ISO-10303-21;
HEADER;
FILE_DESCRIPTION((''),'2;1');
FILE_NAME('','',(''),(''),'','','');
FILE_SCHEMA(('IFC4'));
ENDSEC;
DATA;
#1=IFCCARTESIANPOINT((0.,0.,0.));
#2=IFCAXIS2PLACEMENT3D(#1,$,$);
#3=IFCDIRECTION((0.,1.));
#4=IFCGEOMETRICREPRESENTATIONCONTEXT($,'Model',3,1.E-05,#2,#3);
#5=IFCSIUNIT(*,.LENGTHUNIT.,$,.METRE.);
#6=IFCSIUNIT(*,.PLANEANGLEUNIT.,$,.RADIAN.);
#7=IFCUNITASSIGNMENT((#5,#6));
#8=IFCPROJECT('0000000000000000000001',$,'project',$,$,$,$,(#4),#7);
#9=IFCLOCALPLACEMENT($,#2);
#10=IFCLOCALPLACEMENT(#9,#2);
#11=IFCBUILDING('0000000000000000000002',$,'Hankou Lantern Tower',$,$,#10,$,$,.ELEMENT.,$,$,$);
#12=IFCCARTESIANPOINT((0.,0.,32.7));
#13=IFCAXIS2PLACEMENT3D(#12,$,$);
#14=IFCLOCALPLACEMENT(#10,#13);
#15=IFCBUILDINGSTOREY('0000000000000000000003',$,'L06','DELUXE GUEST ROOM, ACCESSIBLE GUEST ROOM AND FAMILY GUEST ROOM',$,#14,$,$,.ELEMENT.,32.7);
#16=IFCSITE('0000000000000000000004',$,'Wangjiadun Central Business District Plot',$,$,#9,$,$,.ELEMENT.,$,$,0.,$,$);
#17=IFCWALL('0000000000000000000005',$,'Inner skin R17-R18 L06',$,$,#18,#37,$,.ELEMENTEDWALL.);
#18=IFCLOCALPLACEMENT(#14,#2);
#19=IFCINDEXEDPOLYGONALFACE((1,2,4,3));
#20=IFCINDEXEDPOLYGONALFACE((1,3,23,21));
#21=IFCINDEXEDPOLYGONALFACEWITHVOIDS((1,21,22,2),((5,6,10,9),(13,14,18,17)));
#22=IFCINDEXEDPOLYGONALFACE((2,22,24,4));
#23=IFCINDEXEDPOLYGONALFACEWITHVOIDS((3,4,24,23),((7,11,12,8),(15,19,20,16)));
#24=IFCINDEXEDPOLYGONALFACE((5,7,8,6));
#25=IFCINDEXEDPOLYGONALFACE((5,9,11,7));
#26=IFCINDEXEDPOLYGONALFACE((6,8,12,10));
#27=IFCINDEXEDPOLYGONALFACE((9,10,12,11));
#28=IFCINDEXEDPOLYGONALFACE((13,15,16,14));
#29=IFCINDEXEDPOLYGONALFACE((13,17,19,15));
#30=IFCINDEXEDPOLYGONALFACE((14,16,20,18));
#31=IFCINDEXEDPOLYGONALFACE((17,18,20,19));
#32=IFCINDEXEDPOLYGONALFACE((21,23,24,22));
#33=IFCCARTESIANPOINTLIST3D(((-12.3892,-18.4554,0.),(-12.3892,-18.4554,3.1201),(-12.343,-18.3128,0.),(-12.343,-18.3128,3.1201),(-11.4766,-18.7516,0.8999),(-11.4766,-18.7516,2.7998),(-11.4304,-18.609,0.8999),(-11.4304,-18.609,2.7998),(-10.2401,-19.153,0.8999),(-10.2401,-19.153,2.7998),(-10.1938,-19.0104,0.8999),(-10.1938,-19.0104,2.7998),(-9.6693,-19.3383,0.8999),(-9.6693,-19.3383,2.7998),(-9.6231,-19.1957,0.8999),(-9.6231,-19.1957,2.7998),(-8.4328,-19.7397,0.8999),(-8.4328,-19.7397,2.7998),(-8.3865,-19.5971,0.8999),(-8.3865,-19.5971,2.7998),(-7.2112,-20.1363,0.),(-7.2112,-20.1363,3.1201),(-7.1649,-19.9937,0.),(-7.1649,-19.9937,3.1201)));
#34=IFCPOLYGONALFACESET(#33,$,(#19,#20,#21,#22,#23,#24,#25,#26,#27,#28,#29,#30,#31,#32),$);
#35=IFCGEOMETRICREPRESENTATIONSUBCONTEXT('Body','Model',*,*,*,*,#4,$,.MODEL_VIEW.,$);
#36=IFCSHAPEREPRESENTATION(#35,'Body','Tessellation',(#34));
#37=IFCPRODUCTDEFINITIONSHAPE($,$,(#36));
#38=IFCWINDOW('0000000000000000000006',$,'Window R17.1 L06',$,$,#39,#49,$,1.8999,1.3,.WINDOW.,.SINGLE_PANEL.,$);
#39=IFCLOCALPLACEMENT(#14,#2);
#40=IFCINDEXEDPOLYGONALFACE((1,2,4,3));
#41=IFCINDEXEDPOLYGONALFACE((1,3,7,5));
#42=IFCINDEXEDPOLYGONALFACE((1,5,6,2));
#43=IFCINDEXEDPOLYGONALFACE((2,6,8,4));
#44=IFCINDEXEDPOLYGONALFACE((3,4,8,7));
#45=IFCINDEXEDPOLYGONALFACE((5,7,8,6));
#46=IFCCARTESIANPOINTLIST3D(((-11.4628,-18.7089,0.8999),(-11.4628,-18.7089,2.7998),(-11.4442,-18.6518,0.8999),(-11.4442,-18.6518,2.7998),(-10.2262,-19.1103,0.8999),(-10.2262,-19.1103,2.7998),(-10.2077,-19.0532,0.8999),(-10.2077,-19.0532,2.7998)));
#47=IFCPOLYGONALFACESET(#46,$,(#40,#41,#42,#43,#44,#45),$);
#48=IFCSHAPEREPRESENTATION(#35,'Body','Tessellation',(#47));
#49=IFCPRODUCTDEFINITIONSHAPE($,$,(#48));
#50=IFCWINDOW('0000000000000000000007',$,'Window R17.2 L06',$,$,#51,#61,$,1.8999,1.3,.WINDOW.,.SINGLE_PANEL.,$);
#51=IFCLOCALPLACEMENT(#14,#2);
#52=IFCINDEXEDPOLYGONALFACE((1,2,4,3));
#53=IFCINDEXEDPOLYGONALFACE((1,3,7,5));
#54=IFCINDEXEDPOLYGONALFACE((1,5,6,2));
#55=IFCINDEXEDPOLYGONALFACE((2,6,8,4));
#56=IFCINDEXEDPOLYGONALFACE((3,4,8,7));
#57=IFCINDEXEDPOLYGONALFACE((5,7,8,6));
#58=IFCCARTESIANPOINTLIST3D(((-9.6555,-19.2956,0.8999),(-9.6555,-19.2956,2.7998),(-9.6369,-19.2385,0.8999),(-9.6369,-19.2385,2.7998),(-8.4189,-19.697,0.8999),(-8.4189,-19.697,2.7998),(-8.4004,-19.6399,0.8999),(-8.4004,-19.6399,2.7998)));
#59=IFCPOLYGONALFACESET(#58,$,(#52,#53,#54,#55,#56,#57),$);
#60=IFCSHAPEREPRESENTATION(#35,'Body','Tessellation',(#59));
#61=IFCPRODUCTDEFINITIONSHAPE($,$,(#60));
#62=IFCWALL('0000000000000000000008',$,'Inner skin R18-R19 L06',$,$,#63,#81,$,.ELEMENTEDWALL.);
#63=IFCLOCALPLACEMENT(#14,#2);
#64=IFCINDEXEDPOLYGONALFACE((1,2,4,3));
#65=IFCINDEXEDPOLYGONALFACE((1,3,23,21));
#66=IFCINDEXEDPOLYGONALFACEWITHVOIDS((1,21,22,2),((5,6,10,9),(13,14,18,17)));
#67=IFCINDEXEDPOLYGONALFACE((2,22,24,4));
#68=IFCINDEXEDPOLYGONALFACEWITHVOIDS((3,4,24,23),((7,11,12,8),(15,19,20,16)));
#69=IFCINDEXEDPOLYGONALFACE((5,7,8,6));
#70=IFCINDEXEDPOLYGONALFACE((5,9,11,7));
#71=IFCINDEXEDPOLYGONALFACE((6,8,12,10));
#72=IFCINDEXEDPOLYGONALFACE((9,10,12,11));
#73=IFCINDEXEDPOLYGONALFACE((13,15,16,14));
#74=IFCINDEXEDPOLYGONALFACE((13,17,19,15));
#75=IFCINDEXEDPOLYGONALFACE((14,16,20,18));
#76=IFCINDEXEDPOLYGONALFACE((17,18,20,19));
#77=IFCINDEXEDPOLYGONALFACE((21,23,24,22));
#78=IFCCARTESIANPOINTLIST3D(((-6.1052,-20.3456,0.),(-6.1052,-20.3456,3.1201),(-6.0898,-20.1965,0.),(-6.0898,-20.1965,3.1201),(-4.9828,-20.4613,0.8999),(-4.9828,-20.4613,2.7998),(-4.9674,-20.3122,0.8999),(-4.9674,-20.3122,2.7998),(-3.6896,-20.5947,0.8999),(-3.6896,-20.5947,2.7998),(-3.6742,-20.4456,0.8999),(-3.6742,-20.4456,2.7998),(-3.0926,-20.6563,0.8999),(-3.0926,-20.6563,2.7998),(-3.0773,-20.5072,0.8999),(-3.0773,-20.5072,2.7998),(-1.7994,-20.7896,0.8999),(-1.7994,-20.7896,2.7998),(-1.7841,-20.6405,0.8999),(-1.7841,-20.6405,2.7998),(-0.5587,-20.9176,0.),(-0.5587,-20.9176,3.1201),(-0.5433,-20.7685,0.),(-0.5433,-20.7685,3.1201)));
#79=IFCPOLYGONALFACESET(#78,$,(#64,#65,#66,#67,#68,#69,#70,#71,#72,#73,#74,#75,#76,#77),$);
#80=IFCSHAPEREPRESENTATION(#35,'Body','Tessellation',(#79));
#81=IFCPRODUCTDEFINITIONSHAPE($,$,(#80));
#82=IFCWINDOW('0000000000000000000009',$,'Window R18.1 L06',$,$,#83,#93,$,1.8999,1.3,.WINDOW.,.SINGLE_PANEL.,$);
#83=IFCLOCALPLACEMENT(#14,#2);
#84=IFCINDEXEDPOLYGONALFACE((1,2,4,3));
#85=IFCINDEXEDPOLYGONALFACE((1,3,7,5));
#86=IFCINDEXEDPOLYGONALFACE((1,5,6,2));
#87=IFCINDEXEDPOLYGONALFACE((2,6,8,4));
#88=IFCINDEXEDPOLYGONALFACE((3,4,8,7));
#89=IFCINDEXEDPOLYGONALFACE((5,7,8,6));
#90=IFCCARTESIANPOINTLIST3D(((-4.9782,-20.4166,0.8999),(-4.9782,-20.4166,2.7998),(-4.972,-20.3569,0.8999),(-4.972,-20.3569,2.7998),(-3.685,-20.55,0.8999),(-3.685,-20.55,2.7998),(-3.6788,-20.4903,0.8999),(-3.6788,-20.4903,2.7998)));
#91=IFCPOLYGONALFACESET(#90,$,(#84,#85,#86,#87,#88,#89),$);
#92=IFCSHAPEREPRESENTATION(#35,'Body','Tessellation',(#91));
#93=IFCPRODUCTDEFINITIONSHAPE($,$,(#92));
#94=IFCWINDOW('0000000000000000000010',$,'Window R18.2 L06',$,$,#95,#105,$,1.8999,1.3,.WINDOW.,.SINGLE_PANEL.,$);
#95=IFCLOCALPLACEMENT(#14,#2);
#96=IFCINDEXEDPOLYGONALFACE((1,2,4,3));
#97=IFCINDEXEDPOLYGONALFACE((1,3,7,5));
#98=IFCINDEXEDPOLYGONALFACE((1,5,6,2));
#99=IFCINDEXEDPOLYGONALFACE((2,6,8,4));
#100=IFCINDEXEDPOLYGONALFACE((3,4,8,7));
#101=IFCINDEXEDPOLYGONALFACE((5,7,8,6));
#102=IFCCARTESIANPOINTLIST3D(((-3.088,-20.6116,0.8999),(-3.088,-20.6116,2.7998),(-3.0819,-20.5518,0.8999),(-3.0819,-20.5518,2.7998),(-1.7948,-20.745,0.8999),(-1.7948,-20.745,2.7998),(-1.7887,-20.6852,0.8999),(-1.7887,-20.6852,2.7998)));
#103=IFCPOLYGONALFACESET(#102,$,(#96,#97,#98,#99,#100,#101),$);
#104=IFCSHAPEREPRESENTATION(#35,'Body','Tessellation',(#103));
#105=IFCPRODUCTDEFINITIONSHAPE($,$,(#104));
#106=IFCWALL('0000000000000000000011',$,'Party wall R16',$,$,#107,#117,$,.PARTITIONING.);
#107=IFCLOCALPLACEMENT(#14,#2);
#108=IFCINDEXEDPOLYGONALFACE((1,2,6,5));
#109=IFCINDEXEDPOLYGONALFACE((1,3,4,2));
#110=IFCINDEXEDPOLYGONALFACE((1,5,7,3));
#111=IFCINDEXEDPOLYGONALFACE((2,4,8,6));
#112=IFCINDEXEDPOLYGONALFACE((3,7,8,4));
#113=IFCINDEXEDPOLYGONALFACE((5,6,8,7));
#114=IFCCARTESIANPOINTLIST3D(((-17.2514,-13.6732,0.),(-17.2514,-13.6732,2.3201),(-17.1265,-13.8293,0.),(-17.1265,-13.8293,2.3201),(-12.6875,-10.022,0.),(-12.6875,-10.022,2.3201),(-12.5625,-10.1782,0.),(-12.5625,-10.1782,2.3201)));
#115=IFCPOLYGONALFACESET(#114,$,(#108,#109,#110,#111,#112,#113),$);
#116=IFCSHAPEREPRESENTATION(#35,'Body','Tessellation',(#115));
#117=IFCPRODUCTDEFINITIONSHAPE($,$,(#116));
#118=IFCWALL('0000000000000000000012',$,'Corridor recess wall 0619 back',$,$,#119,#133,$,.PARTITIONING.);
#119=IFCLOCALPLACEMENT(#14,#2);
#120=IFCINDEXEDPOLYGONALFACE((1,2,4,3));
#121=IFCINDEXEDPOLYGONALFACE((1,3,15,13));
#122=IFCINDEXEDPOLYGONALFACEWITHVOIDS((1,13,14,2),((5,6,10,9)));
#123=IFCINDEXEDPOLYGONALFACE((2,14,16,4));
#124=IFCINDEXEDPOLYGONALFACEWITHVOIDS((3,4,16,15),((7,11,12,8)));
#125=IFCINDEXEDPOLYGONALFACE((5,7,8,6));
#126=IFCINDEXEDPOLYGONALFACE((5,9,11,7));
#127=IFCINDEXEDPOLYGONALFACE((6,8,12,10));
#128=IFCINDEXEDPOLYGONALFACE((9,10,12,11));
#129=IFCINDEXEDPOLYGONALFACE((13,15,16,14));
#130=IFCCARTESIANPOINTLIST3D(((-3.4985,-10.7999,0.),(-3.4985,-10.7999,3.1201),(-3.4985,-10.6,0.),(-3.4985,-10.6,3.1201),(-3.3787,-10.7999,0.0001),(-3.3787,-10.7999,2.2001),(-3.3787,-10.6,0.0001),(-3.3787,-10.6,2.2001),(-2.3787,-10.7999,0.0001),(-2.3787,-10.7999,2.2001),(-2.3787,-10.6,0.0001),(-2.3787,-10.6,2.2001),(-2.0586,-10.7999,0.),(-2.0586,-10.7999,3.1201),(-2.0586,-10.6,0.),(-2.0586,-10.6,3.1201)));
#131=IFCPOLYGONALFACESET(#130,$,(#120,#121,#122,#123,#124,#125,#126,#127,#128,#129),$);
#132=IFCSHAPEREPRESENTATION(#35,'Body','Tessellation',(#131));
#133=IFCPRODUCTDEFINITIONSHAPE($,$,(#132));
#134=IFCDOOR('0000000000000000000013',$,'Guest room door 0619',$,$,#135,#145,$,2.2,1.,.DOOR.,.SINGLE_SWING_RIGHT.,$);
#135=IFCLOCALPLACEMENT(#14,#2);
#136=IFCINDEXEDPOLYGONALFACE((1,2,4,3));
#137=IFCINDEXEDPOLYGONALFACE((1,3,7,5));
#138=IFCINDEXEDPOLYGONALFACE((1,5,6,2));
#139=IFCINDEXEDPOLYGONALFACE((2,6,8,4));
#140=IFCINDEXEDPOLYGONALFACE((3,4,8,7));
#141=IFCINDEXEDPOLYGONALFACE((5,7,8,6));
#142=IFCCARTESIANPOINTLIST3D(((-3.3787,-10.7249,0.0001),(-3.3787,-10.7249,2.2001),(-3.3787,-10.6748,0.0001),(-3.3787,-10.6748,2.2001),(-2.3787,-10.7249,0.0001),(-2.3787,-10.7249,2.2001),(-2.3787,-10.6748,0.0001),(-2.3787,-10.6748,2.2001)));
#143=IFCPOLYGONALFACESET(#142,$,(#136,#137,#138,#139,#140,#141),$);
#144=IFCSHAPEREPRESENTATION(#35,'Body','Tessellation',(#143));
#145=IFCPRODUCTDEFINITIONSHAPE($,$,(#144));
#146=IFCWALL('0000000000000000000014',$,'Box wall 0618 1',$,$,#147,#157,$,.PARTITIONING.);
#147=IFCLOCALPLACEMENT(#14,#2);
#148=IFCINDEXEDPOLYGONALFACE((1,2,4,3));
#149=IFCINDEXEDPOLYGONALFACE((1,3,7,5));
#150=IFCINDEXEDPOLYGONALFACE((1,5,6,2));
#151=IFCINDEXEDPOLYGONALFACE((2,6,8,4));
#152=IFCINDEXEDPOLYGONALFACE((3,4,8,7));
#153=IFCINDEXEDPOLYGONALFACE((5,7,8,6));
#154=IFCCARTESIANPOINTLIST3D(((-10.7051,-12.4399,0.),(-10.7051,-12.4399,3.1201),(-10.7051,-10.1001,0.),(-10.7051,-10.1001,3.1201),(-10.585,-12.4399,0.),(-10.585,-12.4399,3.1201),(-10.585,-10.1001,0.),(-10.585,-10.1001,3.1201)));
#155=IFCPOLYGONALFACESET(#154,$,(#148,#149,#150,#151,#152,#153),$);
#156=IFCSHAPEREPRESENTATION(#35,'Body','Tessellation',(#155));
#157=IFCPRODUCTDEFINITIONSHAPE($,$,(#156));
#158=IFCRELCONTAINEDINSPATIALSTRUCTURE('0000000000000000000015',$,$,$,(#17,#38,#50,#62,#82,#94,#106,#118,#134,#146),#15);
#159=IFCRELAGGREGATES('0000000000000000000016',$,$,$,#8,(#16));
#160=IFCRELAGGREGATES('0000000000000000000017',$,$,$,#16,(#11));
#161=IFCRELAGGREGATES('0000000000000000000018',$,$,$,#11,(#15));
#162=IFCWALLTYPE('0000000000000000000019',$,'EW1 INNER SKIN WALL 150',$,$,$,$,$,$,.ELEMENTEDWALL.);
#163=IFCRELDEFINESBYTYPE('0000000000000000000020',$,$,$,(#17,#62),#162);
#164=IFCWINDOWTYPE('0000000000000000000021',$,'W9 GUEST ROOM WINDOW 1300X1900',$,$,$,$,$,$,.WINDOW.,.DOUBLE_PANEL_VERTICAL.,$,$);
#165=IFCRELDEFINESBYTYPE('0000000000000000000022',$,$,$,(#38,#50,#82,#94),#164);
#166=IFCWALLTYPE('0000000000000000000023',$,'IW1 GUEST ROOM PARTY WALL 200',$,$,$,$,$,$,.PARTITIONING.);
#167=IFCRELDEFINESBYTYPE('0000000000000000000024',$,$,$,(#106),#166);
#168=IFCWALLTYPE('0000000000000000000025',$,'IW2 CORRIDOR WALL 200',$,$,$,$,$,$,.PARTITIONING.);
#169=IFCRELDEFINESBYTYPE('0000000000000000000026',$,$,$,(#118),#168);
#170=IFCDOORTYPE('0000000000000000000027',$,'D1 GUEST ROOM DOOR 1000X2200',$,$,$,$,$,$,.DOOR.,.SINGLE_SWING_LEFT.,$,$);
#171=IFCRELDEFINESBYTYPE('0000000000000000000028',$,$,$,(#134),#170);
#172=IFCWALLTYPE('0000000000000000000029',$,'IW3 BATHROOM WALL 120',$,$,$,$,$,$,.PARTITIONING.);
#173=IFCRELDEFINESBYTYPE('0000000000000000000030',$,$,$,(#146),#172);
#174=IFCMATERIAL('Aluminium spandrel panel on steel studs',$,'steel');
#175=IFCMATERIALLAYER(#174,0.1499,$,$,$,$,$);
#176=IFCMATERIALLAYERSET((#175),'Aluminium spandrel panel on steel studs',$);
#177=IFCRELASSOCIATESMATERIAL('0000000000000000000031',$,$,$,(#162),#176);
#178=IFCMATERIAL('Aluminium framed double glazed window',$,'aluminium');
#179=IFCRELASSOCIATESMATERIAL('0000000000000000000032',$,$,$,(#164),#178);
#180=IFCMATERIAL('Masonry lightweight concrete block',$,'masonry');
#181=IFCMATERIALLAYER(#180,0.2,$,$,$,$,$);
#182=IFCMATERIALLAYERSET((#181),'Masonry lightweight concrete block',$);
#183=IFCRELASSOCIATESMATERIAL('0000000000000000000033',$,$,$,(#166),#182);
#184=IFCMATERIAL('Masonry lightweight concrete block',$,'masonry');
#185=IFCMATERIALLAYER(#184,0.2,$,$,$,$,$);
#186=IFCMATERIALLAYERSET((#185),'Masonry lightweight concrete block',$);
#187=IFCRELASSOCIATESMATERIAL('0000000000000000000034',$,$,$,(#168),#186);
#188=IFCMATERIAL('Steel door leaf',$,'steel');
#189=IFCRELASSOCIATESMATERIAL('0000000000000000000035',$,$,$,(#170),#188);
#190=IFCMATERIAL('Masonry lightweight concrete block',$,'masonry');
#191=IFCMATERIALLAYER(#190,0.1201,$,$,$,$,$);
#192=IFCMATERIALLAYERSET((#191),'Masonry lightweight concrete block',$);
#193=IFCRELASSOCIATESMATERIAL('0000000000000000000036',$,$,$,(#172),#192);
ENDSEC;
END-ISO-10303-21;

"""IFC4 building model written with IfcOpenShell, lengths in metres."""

from ifc_helpers import new_model, si_unit, direction, frame, frame_2d, origin, place, context, subcontext, project, spatial, rectangle, extrude, material, layer, layer_set, type_object, element, fill, save


model = new_model("IFC4")

# Units and contexts
model_context = context("Model", 3, precision=1e-05, world=origin(), true_north=direction((0.0, 1.0)))
body_context = subcontext(model_context, "Body", "Model", "MODEL_VIEW")
ifc_project = project(units=[si_unit("LENGTHUNIT", "METRE"), si_unit("PLANEANGLEUNIT", "RADIAN")], contexts=[model_context])

# Site, building, storey
site_placement = place(None, origin())
site = spatial("IfcSite", under=ifc_project, at=site_placement, Name="Wangjiadun Central Business District Plot", CompositionType="ELEMENT", RefElevation=0.0)
building_placement = place(site_placement, origin())
building = spatial("IfcBuilding", under=site, at=building_placement, Name="Hankou Lantern Tower", CompositionType="ELEMENT")
storey_placement = place(building_placement, frame((0.0, 0.0, 32.7)))
storey = spatial("IfcBuildingStorey", under=building, at=storey_placement, Name="L06", Description="DELUXE GUEST ROOM, ACCESSIBLE GUEST ROOM AND FAMILY GUEST ROOM", CompositionType="ELEMENT", Elevation=32.7)

# Walls, openings, windows
ifc_material_1 = material(Name="Aluminium spandrel panel on steel studs", Category="steel")
ifc_layer_1 = layer(ifc_material_1, 0.1499)
ifc_layer_set_1 = layer_set([ifc_layer_1], Name="Aluminium spandrel panel on steel studs")
wall_type_1 = type_object("IfcWallType", Name="EW1 INNER SKIN WALL 150", PredefinedType="ELEMENTEDWALL", material=ifc_layer_set_1)
wall_1_placement = place(storey_placement, frame((-12.3662, -18.384, 0.0), z_axis=(0.0, 0.0, 1.0), x_axis=(0.951138, -0.308765, 0.0)))
wall_1 = element("IfcWall", 1, at=wall_1_placement, inside=storey, type_object=wall_type_1, Name="Inner skin R17-R18 L06", PredefinedType="ELEMENTEDWALL", context=body_context, shape_type="SweptSolid", body=[
    extrude(rectangle(XDim=5.4441, YDim=0.1499, at=frame_2d((2.7222, 0.0))), origin(), (0.0, 0.0, 1.0), 3.1201),
])
opening_1_placement = place(wall_1_placement, frame((0.9597, 0.0, 0.8999)))
opening_1 = element("IfcOpeningElement", 2, at=opening_1_placement, cuts=wall_1, PredefinedType="OPENING", context=body_context, shape_type="SweptSolid", body=[
    extrude(rectangle(XDim=1.3, YDim=1.8999, at=frame_2d((0.6499, 0.95))), frame((0.0, 0.085, 0.0), z_axis=(0.0, -1.0, 0.0), x_axis=(1.0, 0.0, 0.0)), (0.0, 0.0, 1.0), 0.1699),
])
opening_2_placement = place(wall_1_placement, frame((2.8599, 0.0, 0.8999)))
opening_2 = element("IfcOpeningElement", 3, at=opening_2_placement, cuts=wall_1, PredefinedType="OPENING", context=body_context, shape_type="SweptSolid", body=[
    extrude(rectangle(XDim=1.3, YDim=1.8999, at=frame_2d((0.6499, 0.95))), frame((0.0, 0.085, 0.0), z_axis=(0.0, -1.0, 0.0), x_axis=(1.0, 0.0, 0.0)), (0.0, 0.0, 1.0), 0.1699),
])
ifc_material_2 = material(Name="Aluminium framed double glazed window", Category="aluminium")
window_type = type_object("IfcWindowType", Name="W9 GUEST ROOM WINDOW 1300X1900", PartitioningType="DOUBLE_PANEL_VERTICAL", PredefinedType="WINDOW", material=ifc_material_2)
window_1_placement = place(opening_1_placement, origin())
window_1 = element("IfcWindow", 4, at=window_1_placement, inside=storey, type_object=window_type, Name="Window R17.1 L06", OverallHeight=1.8999, OverallWidth=1.3, PartitioningType="SINGLE_PANEL", PredefinedType="WINDOW", context=body_context, shape_type="SweptSolid", body=[
    extrude(rectangle(XDim=1.3, YDim=1.8999, at=frame_2d((0.6499, 0.95))), frame((0.0, 0.03, 0.0), z_axis=(0.0, -1.0, 0.0), x_axis=(1.0, 0.0, 0.0)), (0.0, 0.0, 1.0), 0.0601),
])
fill(opening_1, window_1)
window_2_placement = place(opening_2_placement, origin())
window_2 = element("IfcWindow", 5, at=window_2_placement, inside=storey, type_object=window_type, Name="Window R17.2 L06", OverallHeight=1.8999, OverallWidth=1.3, PartitioningType="SINGLE_PANEL", PredefinedType="WINDOW", context=body_context, shape_type="SweptSolid", body=[
    extrude(rectangle(XDim=1.3, YDim=1.8999, at=frame_2d((0.6499, 0.95))), frame((0.0, 0.03, 0.0), z_axis=(0.0, -1.0, 0.0), x_axis=(1.0, 0.0, 0.0)), (0.0, 0.0, 1.0), 0.0601),
])
fill(opening_2, window_2)
wall_2_placement = place(storey_placement, frame((-6.0977, -20.271, 0.0), z_axis=(0.0, 0.0, 1.0), x_axis=(0.994724, -0.10259, 0.0)))
wall_2 = element("IfcWall", 6, at=wall_2_placement, inside=storey, type_object=wall_type_1, Name="Inner skin R18-R19 L06", PredefinedType="ELEMENTEDWALL", context=body_context, shape_type="SweptSolid", body=[
    extrude(rectangle(XDim=5.5759, YDim=0.1499, at=frame_2d((2.7881, 0.0))), origin(), (0.0, 0.0, 1.0), 3.1201),
])
opening_3_placement = place(wall_2_placement, frame((1.1287, 0.0, 0.8999)))
opening_3 = element("IfcOpeningElement", 7, at=opening_3_placement, cuts=wall_2, PredefinedType="OPENING", context=body_context, shape_type="SweptSolid", body=[
    extrude(rectangle(XDim=1.3, YDim=1.8999, at=frame_2d((0.6499, 0.95))), frame((0.0, 0.085, 0.0), z_axis=(0.0, -1.0, 0.0), x_axis=(1.0, 0.0, 0.0)), (0.0, 0.0, 1.0), 0.1699),
])
opening_4_placement = place(wall_2_placement, frame((3.0288, 0.0, 0.8999)))
opening_4 = element("IfcOpeningElement", 8, at=opening_4_placement, cuts=wall_2, PredefinedType="OPENING", context=body_context, shape_type="SweptSolid", body=[
    extrude(rectangle(XDim=1.3, YDim=1.8999, at=frame_2d((0.6499, 0.95))), frame((0.0, 0.085, 0.0), z_axis=(0.0, -1.0, 0.0), x_axis=(1.0, 0.0, 0.0)), (0.0, 0.0, 1.0), 0.1699),
])
window_3_placement = place(opening_3_placement, origin())
window_3 = element("IfcWindow", 9, at=window_3_placement, inside=storey, type_object=window_type, Name="Window R18.1 L06", OverallHeight=1.8999, OverallWidth=1.3, PartitioningType="SINGLE_PANEL", PredefinedType="WINDOW", context=body_context, shape_type="SweptSolid", body=[
    extrude(rectangle(XDim=1.3, YDim=1.8999, at=frame_2d((0.6499, 0.95))), frame((0.0, 0.03, 0.0), z_axis=(0.0, -1.0, 0.0), x_axis=(1.0, 0.0, 0.0)), (0.0, 0.0, 1.0), 0.0601),
])
fill(opening_3, window_3)
window_4_placement = place(opening_4_placement, origin())
window_4 = element("IfcWindow", 10, at=window_4_placement, inside=storey, type_object=window_type, Name="Window R18.2 L06", OverallHeight=1.8999, OverallWidth=1.3, PartitioningType="SINGLE_PANEL", PredefinedType="WINDOW", context=body_context, shape_type="SweptSolid", body=[
    extrude(rectangle(XDim=1.3, YDim=1.8999, at=frame_2d((0.6499, 0.95))), frame((0.0, 0.03, 0.0), z_axis=(0.0, -1.0, 0.0), x_axis=(1.0, 0.0, 0.0)), (0.0, 0.0, 1.0), 0.0601),
])
fill(opening_4, window_4)

# Wall
ifc_material_3 = material(Name="Masonry lightweight concrete block", Category="masonry")
ifc_layer_2 = layer(ifc_material_3, 0.2)
ifc_layer_set_2 = layer_set([ifc_layer_2], Name="Masonry lightweight concrete block")
wall_type_2 = type_object("IfcWallType", Name="IW1 GUEST ROOM PARTY WALL 200", PredefinedType="PARTITIONING", material=ifc_layer_set_2)
wall_3_placement = place(storey_placement, frame((-12.625, -10.1001, 0.0), z_axis=(0.0, 0.0, 1.0), x_axis=(-0.780873, -0.62469, 0.0)))
element("IfcWall", 11, at=wall_3_placement, inside=storey, type_object=wall_type_2, Name="Party wall R16", PredefinedType="PARTITIONING", context=body_context, shape_type="SweptSolid", body=[
    extrude(rectangle(XDim=5.8447, YDim=0.2, at=frame_2d((2.9224, 0.0))), origin(), (0.0, 0.0, 1.0), 2.3201),
])

# Wall, opening, door
ifc_material_4 = material(Name="Masonry lightweight concrete block", Category="masonry")
ifc_layer_3 = layer(ifc_material_4, 0.2)
ifc_layer_set_3 = layer_set([ifc_layer_3], Name="Masonry lightweight concrete block")
wall_type_3 = type_object("IfcWallType", Name="IW2 CORRIDOR WALL 200", PredefinedType="PARTITIONING", material=ifc_layer_set_3)
wall_4_placement = place(storey_placement, frame((-2.0586, -10.7, 0.0), z_axis=(0.0, 0.0, 1.0), x_axis=(-1.0, 0.0, 0.0)))
wall_4 = element("IfcWall", 12, at=wall_4_placement, inside=storey, type_object=wall_type_3, Name="Corridor recess wall 0619 back", PredefinedType="PARTITIONING", context=body_context, shape_type="SweptSolid", body=[
    extrude(rectangle(XDim=1.4399, YDim=0.2, at=frame_2d((0.72, 0.0))), origin(), (0.0, 0.0, 1.0), 3.1201),
])
opening_5_placement = place(wall_4_placement, frame((0.3201, 0.0, 0.0)))
opening_5 = element("IfcOpeningElement", 13, at=opening_5_placement, cuts=wall_4, PredefinedType="OPENING", context=body_context, shape_type="SweptSolid", body=[
    extrude(rectangle(XDim=1.0, YDim=2.2, at=frame_2d((0.5, 1.1001))), frame((0.0, 0.1099, 0.0), z_axis=(0.0, -1.0, 0.0), x_axis=(1.0, 0.0, 0.0)), (0.0, 0.0, 1.0), 0.22),
])
ifc_material_5 = material(Name="Steel door leaf", Category="steel")
door_type = type_object("IfcDoorType", Name="D1 GUEST ROOM DOOR 1000X2200", OperationType="SINGLE_SWING_LEFT", PredefinedType="DOOR", material=ifc_material_5)
door_placement = place(opening_5_placement, origin())
door = element("IfcDoor", 14, at=door_placement, inside=storey, type_object=door_type, Name="Guest room door 0619", OperationType="SINGLE_SWING_RIGHT", OverallHeight=2.2, OverallWidth=1.0, PredefinedType="DOOR", context=body_context, shape_type="SweptSolid", body=[
    extrude(rectangle(XDim=1.0, YDim=2.2, at=frame_2d((0.5, 1.1001))), frame((0.0, 0.0249, 0.0), z_axis=(0.0, -1.0, 0.0), x_axis=(1.0, 0.0, 0.0)), (0.0, 0.0, 1.0), 0.05),
])
fill(opening_5, door)

# Wall
ifc_material_6 = material(Name="Masonry lightweight concrete block", Category="masonry")
ifc_layer_4 = layer(ifc_material_6, 0.1201)
ifc_layer_set_4 = layer_set([ifc_layer_4], Name="Masonry lightweight concrete block")
wall_type_4 = type_object("IfcWallType", Name="IW3 BATHROOM WALL 120", PredefinedType="PARTITIONING", material=ifc_layer_set_4)
wall_5_placement = place(storey_placement, frame((-10.645, -10.1001, 0.0), z_axis=(0.0, 0.0, 1.0), x_axis=(0.0, -1.0, 0.0)))
element("IfcWall", 15, at=wall_5_placement, inside=storey, type_object=wall_type_4, Name="Box wall 0618 1", PredefinedType="PARTITIONING", context=body_context, shape_type="SweptSolid", body=[
    extrude(rectangle(XDim=2.3398, YDim=0.1201, at=frame_2d((1.1699, 0.0))), origin(), (0.0, 0.0, 1.0), 3.1201),
])

save(model, "model.ifc")
